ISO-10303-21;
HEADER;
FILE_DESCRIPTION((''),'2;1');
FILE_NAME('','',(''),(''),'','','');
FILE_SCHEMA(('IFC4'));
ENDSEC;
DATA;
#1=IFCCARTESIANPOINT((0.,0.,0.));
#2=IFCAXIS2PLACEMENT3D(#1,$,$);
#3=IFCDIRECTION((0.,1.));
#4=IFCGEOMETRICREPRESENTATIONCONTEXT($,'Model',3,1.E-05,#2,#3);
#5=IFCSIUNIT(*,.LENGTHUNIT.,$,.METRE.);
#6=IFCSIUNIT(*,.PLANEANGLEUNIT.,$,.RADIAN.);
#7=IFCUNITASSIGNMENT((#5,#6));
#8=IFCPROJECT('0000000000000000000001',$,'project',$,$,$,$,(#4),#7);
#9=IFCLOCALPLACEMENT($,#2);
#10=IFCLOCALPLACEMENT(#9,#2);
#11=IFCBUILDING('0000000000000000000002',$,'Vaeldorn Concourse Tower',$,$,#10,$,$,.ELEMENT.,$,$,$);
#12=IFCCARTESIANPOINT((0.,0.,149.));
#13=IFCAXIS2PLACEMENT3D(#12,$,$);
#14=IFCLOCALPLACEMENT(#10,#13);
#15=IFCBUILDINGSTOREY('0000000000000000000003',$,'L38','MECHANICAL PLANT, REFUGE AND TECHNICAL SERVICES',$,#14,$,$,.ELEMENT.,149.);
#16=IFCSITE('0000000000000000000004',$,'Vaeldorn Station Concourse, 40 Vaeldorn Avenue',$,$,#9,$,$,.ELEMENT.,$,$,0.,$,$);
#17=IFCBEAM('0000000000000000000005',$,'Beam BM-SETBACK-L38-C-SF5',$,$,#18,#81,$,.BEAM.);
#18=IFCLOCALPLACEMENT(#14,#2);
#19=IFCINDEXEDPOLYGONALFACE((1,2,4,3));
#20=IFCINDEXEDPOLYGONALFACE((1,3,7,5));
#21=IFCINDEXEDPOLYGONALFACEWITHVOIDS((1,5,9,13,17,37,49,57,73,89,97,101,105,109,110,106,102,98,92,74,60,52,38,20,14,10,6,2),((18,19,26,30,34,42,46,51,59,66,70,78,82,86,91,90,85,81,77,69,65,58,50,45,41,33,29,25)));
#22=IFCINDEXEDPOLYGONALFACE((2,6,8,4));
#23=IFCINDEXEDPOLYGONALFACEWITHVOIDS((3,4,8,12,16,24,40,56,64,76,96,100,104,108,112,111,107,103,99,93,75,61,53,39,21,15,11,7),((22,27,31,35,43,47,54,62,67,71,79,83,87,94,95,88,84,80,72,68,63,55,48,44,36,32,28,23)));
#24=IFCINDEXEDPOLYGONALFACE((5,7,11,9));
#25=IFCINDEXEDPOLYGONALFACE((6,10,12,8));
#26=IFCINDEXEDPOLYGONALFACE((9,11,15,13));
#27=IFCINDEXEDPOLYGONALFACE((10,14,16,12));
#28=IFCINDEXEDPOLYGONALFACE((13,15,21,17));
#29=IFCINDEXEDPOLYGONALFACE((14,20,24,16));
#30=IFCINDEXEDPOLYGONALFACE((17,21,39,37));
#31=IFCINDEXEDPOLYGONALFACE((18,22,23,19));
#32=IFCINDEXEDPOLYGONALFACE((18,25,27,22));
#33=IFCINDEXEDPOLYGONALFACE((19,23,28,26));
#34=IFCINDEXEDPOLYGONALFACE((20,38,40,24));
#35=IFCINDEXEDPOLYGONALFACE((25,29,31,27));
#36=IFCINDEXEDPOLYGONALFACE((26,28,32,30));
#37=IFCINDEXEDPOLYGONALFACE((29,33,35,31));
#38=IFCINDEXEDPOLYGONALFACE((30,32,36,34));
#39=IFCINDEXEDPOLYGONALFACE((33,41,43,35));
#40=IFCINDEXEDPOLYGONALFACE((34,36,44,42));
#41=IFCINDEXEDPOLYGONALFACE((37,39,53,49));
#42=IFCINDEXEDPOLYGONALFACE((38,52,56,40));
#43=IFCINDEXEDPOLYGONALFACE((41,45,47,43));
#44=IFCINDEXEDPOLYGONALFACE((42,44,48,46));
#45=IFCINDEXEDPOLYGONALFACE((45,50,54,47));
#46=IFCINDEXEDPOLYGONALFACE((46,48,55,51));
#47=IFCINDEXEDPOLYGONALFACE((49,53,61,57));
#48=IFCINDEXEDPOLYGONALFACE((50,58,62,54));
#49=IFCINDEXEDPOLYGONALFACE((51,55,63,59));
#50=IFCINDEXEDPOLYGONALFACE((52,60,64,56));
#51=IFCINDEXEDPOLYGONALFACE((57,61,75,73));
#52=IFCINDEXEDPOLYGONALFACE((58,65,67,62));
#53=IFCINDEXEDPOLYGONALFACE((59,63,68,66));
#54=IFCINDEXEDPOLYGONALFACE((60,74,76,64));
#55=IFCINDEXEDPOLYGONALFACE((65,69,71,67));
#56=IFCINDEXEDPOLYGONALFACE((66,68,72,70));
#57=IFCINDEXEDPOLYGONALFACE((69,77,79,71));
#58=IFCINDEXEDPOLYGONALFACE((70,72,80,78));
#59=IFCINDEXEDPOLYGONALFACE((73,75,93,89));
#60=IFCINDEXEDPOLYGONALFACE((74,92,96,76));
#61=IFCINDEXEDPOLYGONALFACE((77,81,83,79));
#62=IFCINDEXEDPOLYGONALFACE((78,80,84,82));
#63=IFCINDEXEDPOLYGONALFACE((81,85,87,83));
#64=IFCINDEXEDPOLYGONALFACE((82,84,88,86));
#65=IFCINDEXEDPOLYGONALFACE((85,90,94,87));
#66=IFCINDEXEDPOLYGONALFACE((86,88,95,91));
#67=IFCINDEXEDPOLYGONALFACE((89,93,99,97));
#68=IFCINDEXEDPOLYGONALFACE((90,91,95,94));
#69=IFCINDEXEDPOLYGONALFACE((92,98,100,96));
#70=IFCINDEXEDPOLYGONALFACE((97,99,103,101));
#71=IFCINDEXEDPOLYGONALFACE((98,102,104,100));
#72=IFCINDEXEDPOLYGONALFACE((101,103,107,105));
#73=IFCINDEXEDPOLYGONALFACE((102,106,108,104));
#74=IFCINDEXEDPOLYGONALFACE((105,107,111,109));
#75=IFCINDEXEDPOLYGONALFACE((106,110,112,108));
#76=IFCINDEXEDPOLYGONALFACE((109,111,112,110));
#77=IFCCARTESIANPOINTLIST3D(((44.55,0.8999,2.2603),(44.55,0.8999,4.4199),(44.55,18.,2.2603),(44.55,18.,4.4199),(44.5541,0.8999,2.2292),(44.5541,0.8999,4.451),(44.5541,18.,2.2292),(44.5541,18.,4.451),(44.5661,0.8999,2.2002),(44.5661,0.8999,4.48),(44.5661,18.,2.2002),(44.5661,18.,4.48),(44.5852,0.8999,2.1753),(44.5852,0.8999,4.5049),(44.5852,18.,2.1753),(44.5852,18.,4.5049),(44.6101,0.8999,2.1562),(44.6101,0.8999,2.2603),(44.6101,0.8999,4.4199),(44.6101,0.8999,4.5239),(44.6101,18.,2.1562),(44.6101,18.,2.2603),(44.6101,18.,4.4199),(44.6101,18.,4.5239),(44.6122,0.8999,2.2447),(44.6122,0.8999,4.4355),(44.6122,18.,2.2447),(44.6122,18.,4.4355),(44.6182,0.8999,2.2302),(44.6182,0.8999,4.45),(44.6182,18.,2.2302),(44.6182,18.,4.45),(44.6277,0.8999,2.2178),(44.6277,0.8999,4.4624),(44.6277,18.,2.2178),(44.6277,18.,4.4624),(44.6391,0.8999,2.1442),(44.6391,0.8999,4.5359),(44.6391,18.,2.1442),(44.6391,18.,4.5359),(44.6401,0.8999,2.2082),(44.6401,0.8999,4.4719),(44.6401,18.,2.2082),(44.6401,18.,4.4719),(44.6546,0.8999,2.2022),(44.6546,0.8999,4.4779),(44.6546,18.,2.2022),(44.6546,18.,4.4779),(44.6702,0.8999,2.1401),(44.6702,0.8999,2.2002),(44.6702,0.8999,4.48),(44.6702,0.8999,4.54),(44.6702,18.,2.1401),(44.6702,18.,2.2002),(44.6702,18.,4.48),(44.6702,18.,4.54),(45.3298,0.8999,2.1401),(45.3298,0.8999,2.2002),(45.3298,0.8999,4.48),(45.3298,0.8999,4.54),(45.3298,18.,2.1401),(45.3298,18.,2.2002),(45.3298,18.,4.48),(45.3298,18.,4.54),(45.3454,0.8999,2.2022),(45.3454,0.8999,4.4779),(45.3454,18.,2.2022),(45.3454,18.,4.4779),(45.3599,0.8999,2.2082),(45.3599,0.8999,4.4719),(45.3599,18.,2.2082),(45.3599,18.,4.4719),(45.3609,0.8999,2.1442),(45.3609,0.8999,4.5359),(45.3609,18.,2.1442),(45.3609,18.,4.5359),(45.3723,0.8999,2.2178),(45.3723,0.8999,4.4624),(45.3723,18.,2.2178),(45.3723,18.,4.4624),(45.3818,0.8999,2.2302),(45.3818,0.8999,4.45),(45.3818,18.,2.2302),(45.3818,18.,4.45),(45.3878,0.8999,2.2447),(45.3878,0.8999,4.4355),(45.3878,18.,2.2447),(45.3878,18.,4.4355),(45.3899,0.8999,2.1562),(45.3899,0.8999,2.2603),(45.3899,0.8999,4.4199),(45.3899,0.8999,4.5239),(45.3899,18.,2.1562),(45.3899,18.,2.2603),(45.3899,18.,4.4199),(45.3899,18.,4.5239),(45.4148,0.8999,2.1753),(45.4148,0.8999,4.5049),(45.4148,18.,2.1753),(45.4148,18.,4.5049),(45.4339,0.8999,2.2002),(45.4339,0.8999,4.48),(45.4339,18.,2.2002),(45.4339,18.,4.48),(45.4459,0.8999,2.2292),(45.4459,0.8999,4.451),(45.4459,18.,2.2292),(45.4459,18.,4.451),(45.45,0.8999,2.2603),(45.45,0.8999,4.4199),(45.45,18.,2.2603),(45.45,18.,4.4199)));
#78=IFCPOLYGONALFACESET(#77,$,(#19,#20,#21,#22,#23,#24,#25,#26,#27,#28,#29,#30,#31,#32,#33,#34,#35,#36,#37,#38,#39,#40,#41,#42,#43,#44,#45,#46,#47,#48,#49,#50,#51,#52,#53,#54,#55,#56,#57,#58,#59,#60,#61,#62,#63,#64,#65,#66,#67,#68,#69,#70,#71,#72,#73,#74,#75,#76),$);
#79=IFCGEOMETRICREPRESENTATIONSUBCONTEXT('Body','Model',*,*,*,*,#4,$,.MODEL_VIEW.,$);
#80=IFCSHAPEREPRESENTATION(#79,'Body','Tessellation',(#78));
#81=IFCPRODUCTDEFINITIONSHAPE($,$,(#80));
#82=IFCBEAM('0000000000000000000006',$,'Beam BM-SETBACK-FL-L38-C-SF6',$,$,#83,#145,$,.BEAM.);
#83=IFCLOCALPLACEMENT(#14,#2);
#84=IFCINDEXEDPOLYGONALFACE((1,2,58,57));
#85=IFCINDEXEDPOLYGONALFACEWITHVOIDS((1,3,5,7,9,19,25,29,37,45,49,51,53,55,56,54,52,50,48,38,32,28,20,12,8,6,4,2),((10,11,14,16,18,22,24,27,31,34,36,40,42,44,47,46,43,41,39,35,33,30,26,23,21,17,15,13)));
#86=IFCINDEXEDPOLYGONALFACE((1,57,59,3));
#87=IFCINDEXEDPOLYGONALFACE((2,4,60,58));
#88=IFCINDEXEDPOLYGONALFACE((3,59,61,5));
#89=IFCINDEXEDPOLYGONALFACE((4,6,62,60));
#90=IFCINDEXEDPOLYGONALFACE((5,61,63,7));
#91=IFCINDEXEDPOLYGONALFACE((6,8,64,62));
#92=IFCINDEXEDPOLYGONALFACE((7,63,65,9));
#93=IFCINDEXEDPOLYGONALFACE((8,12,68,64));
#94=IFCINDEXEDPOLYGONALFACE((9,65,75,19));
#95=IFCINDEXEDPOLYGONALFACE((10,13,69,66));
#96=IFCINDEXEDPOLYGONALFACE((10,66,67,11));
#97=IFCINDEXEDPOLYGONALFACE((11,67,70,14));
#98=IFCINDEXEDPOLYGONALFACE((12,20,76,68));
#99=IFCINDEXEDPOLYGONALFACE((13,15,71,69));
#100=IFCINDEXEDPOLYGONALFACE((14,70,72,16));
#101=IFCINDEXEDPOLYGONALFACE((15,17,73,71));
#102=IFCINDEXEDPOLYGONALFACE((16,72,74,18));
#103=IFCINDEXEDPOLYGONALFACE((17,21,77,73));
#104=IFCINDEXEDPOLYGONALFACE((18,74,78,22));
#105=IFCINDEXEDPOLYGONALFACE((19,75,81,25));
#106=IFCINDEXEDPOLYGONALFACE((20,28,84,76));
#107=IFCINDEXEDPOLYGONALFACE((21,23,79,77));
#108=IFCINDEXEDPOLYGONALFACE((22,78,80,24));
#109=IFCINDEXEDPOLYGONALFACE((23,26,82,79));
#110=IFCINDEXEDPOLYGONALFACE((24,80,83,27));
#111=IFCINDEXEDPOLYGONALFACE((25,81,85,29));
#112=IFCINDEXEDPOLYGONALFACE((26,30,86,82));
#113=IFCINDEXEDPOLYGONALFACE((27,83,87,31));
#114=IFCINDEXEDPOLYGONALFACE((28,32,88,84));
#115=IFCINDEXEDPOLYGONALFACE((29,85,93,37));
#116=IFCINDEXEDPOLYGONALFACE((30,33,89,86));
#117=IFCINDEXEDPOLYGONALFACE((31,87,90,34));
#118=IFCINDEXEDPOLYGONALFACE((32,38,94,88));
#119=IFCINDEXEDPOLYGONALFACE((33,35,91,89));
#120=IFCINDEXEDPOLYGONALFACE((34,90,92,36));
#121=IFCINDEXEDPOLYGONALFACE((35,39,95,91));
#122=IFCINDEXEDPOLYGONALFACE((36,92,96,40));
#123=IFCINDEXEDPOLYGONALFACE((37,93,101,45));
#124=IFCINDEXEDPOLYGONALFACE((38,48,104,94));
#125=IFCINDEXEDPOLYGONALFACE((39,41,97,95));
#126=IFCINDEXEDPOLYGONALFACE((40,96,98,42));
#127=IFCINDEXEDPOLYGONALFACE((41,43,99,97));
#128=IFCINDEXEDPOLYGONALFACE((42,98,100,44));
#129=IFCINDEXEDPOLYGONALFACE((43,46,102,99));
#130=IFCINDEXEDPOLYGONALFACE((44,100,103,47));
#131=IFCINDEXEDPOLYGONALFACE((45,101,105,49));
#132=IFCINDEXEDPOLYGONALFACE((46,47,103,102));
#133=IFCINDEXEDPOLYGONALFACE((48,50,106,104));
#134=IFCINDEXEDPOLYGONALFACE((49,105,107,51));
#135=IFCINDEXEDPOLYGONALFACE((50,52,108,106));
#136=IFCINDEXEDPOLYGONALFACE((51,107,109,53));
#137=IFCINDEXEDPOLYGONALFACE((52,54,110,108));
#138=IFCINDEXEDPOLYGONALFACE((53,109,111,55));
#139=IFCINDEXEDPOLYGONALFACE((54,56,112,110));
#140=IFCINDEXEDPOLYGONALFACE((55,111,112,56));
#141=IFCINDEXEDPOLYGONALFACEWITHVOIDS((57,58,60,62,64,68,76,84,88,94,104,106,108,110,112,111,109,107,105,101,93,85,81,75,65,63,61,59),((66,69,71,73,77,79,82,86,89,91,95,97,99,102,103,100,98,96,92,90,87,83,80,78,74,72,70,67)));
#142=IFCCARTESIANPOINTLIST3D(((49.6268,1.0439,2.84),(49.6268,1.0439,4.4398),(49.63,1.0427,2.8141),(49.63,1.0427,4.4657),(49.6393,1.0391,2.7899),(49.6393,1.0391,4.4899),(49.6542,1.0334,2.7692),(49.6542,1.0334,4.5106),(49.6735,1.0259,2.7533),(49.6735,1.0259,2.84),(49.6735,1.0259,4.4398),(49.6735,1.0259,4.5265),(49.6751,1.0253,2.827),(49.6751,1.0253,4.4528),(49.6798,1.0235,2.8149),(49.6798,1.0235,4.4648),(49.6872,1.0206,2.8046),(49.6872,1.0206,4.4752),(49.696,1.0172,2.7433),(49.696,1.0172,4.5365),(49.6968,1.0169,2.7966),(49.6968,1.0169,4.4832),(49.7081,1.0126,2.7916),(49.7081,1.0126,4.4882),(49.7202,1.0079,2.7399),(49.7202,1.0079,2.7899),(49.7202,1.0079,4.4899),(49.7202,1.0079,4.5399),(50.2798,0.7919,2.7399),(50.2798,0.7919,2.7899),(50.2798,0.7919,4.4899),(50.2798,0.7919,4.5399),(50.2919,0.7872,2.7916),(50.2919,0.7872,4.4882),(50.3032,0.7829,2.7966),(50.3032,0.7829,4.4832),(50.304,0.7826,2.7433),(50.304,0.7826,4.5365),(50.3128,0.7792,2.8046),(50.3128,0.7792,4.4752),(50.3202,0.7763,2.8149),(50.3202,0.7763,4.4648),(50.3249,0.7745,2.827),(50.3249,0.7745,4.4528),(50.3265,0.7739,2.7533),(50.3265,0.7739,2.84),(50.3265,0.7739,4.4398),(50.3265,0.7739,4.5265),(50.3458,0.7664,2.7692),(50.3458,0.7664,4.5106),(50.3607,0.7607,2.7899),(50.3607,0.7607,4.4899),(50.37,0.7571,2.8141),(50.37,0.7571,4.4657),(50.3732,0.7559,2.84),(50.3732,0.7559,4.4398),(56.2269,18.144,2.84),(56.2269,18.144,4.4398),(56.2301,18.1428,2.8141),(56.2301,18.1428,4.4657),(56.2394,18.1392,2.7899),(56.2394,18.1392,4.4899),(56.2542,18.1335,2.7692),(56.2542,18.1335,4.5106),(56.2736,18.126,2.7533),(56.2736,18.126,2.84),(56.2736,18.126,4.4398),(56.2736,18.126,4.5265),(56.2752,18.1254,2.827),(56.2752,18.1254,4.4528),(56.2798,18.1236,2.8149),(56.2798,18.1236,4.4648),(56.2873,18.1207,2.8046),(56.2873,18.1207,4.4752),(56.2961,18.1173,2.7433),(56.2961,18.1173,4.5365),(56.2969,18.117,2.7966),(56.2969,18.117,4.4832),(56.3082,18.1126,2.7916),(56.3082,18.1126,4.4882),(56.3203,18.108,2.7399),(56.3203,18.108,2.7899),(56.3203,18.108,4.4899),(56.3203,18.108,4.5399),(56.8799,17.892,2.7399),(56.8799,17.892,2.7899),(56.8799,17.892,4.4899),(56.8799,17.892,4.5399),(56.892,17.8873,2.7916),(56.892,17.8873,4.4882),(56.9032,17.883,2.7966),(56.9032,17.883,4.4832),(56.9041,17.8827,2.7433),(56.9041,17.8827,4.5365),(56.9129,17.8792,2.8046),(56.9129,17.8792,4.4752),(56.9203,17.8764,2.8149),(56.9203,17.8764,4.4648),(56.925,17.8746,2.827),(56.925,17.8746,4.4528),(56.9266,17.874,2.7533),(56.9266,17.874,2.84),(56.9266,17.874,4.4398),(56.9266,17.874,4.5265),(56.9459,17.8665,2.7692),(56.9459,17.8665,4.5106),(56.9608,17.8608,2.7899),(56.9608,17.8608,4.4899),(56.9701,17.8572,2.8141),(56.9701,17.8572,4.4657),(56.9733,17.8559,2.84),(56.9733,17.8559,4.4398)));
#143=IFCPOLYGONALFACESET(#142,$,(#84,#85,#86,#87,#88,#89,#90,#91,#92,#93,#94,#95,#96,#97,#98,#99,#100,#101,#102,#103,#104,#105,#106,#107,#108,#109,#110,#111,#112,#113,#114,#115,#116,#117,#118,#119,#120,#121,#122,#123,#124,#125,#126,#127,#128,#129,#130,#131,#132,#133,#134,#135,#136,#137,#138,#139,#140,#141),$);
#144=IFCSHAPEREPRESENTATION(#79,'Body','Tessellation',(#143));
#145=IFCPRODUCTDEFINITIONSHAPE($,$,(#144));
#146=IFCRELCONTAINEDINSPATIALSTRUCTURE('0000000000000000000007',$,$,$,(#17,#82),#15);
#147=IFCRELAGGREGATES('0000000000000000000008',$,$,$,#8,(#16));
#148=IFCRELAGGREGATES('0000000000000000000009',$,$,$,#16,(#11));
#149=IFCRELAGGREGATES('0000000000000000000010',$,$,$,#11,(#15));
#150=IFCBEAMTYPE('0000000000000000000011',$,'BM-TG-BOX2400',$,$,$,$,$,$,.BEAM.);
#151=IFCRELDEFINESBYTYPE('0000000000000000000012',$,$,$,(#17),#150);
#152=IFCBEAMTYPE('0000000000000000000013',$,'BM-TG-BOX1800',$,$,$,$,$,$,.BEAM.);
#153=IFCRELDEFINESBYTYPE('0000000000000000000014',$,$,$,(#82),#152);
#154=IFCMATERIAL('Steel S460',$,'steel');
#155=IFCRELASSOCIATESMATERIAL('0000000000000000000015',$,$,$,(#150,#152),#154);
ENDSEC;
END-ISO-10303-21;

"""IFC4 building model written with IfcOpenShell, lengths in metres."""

from ifc_helpers import new_model, si_unit, direction, frame, origin, origin_2d, place, context, subcontext, project, spatial, hollow_rectangle, extrude, source, transform, mapped, material, material_profile, profile_set, type_object, element, save


model = new_model("IFC4")

# Units and contexts
model_context = context("Model", 3, precision=1e-05, world=origin(), true_north=direction((0.0, 1.0)))
body_context = subcontext(model_context, "Body", "Model", "MODEL_VIEW")
ifc_project = project(units=[si_unit("LENGTHUNIT", "METRE"), si_unit("PLANEANGLEUNIT", "RADIAN")], contexts=[model_context])

# Site, building, storey
site_placement = place(None, origin())
site = spatial("IfcSite", under=ifc_project, at=site_placement, Name="Vaeldorn Station Concourse, 40 Vaeldorn Avenue", CompositionType="ELEMENT", RefElevation=0.0)
building_placement = place(site_placement, origin())
building = spatial("IfcBuilding", under=site, at=building_placement, Name="Vaeldorn Concourse Tower", CompositionType="ELEMENT")
storey_placement = place(building_placement, frame((0.0, 0.0, 149.0)))
storey = spatial("IfcBuildingStorey", under=building, at=storey_placement, Name="L38", Description="MECHANICAL PLANT, REFUGE AND TECHNICAL SERVICES", CompositionType="ELEMENT", Elevation=149.0)

# Shared definitions
ifc_material_1 = material(Name="Steel S460", Category="steel")

# Beams
ifc_material_profile_1 = material_profile(ifc_material_1, hollow_rectangle(XDim=0.8999, YDim=2.3999, WallThickness=0.0601, InnerFilletRadius=0.0601, OuterFilletRadius=0.1201, at=origin_2d()), Name="RHS 2400x900x60")
ifc_profile_set_1 = profile_set([ifc_material_profile_1], Name="Steel S460")
beam_type_1 = type_object("IfcBeamType", Name="BM-TG-BOX2400", PredefinedType="BEAM", material=ifc_profile_set_1)
shared_shape_1 = source(origin(), body_context, "Body", "SweptSolid", [
    extrude(hollow_rectangle(XDim=0.8999, YDim=2.3999, WallThickness=0.0601, InnerFilletRadius=0.0601, OuterFilletRadius=0.1201, at=origin_2d()), origin(), (0.0, 0.0, 1.0), 17.1001),
])
beam_1_placement = place(storey_placement, frame((45.0, 0.8999, 3.3401), z_axis=(0.0, 1.0, 0.0), x_axis=(-1.0, 0.0, 0.0)))
element("IfcBeam", 1, at=beam_1_placement, inside=storey, type_object=beam_type_1, Name="Beam BM-SETBACK-L38-C-SF5", PredefinedType="BEAM", context=body_context, shape_type="MappedRepresentation", body=[
    mapped(shared_shape_1, transform((0.0, 0.0, 0.0), scale=1.0)),
])
ifc_material_profile_2 = material_profile(ifc_material_1, hollow_rectangle(XDim=0.8, YDim=1.8, WallThickness=0.05, InnerFilletRadius=0.05, OuterFilletRadius=0.1001, at=origin_2d()), Name="RHS 1800x800x50")
ifc_profile_set_2 = profile_set([ifc_material_profile_2], Name="Steel S460")
beam_type_2 = type_object("IfcBeamType", Name="BM-TG-BOX1800", PredefinedType="BEAM", material=ifc_profile_set_2)
shared_shape_2 = source(origin(), body_context, "Body", "SweptSolid", [
    extrude(hollow_rectangle(XDim=0.8, YDim=1.8, WallThickness=0.05, InnerFilletRadius=0.05, OuterFilletRadius=0.1001, at=origin_2d()), origin(), (0.0, 0.0, 1.0), 18.3296),
])
beam_2_placement = place(storey_placement, frame((50.0, 0.8999, 3.6399), z_axis=(0.360078, 0.932922, 0.0), x_axis=(-0.932922, 0.360078, 0.0)))
element("IfcBeam", 2, at=beam_2_placement, inside=storey, type_object=beam_type_2, Name="Beam BM-SETBACK-FL-L38-C-SF6", PredefinedType="BEAM", context=body_context, shape_type="MappedRepresentation", body=[
    mapped(shared_shape_2, transform((0.0, 0.0, 0.0), scale=1.0)),
])

save(model, "model.ifc")
